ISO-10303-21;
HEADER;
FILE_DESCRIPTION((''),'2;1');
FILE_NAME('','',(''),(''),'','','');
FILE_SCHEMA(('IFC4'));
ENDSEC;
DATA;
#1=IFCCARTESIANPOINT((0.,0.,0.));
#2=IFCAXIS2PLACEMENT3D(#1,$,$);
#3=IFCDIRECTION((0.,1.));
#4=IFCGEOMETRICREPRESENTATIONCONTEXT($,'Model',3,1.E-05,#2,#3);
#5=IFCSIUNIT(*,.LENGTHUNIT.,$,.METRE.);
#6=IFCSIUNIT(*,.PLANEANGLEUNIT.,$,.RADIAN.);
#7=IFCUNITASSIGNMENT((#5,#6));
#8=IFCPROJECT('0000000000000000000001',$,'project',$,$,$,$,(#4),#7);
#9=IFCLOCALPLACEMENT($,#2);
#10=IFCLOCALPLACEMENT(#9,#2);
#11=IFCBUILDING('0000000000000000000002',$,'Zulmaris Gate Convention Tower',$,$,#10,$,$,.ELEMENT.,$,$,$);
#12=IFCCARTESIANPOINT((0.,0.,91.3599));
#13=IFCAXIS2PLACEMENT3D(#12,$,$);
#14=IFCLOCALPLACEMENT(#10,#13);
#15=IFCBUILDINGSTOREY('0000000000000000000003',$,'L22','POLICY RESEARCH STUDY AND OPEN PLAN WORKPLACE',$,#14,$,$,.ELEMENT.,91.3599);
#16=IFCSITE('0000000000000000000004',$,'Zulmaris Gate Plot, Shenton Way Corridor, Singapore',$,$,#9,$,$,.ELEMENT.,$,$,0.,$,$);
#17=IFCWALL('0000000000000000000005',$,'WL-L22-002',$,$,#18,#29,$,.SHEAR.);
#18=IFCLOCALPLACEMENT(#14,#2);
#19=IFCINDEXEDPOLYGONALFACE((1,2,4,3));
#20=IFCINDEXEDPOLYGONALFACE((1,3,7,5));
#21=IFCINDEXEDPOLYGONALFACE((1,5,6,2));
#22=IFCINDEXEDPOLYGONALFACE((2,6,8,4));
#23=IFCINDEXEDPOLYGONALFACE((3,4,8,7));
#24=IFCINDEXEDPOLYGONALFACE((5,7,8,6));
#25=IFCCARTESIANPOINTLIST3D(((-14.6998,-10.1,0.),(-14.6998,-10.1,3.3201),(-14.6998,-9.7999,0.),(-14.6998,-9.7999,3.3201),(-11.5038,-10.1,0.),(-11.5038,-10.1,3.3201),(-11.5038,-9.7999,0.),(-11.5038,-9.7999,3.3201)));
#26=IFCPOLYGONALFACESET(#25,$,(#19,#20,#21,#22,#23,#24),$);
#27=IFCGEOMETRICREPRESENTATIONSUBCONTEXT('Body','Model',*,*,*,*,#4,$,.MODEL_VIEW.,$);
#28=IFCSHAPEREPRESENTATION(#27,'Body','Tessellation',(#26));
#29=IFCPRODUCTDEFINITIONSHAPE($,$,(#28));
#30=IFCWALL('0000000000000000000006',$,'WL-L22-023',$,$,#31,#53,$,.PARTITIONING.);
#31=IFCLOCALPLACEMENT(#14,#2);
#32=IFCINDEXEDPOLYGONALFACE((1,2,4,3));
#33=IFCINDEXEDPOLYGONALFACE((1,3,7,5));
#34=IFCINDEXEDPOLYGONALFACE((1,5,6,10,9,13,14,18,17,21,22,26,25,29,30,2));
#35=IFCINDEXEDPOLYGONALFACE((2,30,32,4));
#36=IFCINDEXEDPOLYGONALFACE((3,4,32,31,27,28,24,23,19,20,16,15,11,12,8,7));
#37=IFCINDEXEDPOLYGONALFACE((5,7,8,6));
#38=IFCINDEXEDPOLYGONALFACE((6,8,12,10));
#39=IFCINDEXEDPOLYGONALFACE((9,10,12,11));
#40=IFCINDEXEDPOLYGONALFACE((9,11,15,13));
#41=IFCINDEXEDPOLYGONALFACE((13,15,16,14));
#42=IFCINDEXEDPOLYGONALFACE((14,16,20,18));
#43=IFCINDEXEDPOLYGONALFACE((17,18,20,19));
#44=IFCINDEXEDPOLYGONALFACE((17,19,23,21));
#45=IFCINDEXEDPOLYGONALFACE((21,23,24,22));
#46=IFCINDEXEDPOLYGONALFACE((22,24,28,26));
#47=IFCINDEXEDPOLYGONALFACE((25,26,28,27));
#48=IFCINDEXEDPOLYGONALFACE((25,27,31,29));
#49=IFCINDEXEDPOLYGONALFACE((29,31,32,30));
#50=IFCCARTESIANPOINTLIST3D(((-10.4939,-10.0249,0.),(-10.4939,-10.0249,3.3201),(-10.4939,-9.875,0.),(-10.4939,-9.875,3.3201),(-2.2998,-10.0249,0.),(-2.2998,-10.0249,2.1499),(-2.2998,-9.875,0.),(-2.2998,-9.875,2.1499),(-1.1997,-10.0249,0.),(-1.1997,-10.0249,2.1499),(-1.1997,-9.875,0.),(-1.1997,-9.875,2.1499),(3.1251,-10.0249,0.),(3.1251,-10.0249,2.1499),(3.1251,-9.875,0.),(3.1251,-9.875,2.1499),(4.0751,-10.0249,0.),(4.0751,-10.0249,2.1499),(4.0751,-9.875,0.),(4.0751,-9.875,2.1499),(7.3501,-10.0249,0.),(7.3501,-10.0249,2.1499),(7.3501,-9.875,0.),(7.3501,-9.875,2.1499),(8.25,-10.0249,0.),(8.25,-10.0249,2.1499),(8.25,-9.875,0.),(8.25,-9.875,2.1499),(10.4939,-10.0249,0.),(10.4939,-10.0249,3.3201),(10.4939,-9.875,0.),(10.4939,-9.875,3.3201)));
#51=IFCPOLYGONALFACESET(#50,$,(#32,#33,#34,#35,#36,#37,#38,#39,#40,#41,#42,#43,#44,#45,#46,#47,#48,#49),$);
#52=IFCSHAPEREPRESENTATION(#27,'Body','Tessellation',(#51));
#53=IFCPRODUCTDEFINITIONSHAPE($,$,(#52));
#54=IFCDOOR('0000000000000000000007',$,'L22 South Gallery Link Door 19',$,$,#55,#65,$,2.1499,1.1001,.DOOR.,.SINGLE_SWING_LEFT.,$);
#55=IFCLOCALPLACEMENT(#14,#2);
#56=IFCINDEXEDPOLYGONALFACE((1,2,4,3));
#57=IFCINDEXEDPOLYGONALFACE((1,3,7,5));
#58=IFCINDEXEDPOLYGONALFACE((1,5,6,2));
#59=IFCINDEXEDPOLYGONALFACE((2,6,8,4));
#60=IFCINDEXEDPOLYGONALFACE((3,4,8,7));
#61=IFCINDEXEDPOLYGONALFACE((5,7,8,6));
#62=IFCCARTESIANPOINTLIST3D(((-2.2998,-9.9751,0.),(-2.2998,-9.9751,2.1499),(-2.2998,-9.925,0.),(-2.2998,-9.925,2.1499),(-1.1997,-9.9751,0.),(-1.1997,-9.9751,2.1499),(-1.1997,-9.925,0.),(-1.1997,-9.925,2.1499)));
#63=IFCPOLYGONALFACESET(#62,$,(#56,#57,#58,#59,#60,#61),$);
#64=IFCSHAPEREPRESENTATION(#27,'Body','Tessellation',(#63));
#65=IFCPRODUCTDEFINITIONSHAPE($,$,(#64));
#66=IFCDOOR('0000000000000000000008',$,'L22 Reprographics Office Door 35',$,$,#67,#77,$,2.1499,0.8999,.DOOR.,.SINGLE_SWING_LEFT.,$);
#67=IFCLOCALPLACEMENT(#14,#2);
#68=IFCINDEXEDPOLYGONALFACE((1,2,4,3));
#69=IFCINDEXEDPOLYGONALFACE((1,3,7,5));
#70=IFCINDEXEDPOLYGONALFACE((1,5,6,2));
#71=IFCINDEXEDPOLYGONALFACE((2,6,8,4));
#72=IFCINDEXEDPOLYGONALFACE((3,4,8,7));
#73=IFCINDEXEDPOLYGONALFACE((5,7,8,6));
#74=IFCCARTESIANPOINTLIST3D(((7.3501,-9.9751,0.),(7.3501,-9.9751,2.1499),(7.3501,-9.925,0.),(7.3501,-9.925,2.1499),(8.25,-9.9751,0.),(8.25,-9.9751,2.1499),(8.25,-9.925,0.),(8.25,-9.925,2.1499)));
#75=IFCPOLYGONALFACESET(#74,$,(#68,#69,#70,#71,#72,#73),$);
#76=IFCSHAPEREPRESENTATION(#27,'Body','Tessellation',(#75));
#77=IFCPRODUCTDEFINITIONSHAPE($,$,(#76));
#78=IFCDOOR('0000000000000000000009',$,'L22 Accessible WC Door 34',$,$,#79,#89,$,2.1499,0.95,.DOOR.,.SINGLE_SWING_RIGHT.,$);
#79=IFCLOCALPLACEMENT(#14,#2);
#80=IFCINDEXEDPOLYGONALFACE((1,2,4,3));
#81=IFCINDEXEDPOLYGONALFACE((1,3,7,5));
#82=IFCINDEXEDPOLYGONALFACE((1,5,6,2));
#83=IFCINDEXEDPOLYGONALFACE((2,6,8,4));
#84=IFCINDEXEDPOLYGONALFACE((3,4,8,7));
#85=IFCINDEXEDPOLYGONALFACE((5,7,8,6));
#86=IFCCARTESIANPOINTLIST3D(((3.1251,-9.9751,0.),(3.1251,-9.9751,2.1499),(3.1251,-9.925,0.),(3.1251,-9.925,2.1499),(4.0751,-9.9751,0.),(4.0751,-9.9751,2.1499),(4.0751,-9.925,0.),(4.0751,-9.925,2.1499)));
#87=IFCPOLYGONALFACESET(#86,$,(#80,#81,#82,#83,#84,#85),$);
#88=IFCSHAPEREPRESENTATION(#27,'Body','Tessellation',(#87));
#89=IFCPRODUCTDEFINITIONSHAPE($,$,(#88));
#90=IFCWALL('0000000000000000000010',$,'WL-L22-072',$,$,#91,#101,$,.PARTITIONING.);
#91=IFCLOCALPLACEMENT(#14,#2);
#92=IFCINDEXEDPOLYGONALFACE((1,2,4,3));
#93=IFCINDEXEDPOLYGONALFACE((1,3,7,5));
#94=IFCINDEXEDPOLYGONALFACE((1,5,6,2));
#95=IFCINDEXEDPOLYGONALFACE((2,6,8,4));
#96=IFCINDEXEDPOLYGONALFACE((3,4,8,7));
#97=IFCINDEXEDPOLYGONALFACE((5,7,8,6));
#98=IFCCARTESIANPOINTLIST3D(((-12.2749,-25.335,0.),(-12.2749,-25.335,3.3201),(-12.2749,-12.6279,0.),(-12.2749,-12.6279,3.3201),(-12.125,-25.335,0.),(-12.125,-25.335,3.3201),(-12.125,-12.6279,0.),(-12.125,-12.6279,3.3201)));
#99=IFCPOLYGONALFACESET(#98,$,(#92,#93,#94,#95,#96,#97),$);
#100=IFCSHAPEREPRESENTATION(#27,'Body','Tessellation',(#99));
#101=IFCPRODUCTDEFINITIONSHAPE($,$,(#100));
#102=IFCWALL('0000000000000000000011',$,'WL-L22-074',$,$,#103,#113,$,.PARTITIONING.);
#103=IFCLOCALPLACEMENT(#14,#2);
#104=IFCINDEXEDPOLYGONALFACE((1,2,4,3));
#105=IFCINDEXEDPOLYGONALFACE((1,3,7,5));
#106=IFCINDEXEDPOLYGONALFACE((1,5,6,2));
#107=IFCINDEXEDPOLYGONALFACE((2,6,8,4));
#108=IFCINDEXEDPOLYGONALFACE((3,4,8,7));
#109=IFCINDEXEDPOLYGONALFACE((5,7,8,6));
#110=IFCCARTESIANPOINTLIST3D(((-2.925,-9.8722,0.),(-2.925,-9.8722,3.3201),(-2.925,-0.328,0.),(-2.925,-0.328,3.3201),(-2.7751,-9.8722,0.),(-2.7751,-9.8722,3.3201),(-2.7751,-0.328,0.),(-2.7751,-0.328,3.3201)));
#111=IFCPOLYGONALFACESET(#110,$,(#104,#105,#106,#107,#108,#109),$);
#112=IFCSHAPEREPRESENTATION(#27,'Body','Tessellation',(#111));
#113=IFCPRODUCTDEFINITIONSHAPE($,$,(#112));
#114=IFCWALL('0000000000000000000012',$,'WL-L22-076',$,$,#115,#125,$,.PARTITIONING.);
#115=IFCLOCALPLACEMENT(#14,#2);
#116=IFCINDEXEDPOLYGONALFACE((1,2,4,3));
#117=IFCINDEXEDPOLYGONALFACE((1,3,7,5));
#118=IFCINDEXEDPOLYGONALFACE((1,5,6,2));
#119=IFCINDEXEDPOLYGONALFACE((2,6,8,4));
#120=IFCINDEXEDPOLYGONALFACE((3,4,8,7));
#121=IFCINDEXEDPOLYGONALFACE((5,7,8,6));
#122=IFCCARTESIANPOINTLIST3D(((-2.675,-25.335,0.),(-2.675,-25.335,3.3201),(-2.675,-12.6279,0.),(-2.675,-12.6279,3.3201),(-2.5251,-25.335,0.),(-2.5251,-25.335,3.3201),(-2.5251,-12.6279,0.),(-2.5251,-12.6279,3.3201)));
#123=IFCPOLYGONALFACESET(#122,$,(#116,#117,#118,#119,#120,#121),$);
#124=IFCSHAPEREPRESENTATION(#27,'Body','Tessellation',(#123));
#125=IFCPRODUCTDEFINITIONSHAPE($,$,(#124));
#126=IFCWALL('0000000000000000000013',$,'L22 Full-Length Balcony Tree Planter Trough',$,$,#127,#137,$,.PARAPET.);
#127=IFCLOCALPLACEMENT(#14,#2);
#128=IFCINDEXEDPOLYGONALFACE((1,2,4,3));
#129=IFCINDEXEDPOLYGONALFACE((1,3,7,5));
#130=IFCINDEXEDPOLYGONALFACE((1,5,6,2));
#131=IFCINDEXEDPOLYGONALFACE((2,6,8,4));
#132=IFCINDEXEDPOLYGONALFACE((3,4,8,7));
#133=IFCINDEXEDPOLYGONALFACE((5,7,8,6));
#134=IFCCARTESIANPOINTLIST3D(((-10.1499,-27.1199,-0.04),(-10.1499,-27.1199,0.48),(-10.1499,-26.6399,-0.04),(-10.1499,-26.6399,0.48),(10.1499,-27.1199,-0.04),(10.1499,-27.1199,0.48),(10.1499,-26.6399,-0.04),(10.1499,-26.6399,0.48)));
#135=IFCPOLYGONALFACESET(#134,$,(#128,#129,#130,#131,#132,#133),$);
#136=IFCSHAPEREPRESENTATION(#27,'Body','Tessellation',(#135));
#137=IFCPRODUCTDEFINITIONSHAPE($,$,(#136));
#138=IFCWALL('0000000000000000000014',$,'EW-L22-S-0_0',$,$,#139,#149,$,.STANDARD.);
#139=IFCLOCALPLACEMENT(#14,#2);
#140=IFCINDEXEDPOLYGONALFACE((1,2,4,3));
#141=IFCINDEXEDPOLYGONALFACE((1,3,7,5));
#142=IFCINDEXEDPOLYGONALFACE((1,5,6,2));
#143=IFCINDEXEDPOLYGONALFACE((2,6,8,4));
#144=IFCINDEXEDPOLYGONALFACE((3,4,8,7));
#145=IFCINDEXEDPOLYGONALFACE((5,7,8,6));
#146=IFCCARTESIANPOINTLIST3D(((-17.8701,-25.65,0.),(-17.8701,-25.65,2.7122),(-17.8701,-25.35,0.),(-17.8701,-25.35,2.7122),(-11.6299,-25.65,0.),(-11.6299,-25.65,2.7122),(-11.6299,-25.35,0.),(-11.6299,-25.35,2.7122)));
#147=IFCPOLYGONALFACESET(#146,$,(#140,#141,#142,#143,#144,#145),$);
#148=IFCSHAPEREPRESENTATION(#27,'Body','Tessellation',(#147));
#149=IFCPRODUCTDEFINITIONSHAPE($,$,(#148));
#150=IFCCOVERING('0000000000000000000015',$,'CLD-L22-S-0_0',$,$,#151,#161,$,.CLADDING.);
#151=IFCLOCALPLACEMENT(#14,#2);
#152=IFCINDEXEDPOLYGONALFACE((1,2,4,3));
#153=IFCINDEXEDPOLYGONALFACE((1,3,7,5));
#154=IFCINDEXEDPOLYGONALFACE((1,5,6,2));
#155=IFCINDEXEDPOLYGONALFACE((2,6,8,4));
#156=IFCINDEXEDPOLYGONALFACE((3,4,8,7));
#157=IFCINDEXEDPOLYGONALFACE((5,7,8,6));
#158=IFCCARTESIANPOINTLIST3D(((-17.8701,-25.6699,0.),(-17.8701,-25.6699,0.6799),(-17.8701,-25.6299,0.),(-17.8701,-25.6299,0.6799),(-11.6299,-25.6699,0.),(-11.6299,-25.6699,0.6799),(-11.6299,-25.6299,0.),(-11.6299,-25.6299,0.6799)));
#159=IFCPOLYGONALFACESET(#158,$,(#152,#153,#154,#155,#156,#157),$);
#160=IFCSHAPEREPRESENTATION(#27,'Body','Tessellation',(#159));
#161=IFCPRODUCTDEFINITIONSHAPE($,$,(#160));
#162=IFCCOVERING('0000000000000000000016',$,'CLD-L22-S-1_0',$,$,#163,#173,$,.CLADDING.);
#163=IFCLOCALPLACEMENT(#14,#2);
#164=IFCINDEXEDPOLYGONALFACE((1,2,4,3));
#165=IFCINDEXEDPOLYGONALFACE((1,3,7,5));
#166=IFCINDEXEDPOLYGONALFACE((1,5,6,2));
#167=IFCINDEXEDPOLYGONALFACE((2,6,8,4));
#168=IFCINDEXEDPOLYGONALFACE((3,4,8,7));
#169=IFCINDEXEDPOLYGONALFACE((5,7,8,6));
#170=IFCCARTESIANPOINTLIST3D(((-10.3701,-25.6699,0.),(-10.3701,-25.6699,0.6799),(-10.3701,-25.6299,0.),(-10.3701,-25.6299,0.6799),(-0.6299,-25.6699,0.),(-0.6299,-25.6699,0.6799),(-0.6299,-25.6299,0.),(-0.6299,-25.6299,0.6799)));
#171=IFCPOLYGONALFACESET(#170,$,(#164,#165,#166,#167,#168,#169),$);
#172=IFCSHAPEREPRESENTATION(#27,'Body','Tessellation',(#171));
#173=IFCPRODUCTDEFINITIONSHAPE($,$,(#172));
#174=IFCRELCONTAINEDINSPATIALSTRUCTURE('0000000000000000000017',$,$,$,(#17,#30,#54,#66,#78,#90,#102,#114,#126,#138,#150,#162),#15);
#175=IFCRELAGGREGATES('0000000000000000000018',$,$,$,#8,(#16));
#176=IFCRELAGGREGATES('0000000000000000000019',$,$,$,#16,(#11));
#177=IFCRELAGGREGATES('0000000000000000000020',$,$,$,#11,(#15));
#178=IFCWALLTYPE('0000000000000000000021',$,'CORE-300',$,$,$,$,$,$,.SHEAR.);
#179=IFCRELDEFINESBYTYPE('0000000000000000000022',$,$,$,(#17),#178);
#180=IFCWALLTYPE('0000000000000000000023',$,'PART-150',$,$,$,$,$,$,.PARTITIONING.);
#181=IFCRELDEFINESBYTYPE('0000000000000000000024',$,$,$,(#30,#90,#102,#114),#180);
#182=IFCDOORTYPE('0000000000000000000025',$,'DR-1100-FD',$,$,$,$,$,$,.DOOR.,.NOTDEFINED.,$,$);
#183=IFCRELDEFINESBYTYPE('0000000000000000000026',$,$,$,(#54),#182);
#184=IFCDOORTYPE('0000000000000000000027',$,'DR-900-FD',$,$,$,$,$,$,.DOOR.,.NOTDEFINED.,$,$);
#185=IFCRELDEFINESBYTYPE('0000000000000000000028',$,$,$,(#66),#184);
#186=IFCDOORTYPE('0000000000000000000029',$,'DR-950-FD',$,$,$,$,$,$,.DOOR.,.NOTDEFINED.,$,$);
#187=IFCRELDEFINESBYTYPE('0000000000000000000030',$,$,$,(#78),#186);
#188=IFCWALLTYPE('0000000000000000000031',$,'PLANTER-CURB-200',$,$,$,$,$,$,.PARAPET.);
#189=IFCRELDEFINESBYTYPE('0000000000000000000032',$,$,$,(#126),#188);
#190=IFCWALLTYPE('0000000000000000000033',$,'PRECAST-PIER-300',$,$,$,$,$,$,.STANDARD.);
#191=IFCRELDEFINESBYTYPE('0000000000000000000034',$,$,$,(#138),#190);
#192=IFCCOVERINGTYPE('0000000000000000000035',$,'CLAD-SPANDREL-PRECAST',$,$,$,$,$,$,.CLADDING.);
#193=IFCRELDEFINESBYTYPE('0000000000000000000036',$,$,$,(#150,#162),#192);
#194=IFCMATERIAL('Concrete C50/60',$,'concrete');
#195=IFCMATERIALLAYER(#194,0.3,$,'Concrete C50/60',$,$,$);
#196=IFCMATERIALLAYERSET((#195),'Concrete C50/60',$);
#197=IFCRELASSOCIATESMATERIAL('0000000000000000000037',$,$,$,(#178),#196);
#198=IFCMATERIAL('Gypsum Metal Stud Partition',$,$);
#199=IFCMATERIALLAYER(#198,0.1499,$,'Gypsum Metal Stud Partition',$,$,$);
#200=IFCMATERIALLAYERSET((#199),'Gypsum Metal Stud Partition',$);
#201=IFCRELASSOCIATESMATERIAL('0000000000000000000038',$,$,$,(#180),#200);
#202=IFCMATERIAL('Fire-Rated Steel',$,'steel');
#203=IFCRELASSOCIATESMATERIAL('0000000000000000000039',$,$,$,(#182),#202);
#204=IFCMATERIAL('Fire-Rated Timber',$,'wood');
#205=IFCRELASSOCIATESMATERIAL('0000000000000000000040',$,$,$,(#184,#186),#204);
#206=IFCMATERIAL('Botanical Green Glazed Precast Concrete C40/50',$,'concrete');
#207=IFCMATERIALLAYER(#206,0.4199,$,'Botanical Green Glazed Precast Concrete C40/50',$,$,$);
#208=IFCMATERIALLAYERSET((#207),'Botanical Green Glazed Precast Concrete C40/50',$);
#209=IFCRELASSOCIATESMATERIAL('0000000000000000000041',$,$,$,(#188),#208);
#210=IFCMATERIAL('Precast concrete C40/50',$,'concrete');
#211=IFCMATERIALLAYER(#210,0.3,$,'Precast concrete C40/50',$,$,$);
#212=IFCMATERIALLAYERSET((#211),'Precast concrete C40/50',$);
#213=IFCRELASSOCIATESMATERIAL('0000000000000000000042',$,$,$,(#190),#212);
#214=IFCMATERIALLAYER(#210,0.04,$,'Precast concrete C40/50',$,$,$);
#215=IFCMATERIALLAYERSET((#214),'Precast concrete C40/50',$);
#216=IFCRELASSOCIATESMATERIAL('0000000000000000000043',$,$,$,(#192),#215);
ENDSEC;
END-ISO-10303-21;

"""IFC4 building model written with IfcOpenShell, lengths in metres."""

from ifc_helpers import new_model, si_unit, direction, frame, frame_2d, origin, place, context, subcontext, project, spatial, rectangle, extrude, material, layer, layer_set, type_object, element, fill, save


model = new_model("IFC4")

# Units and contexts
model_context = context("Model", 3, precision=1e-05, world=origin(), true_north=direction((0.0, 1.0)))
body_context = subcontext(model_context, "Body", "Model", "MODEL_VIEW")
ifc_project = project(units=[si_unit("LENGTHUNIT", "METRE"), si_unit("PLANEANGLEUNIT", "RADIAN")], contexts=[model_context])

# Site, building, storey
site_placement = place(None, origin())
site = spatial("IfcSite", under=ifc_project, at=site_placement, Name="Zulmaris Gate Plot, Shenton Way Corridor, Singapore", CompositionType="ELEMENT", RefElevation=0.0)
building_placement = place(site_placement, origin())
building = spatial("IfcBuilding", under=site, at=building_placement, Name="Zulmaris Gate Convention Tower", CompositionType="ELEMENT")
storey_placement = place(building_placement, frame((0.0, 0.0, 91.3599)))
storey = spatial("IfcBuildingStorey", under=building, at=storey_placement, Name="L22", Description="POLICY RESEARCH STUDY AND OPEN PLAN WORKPLACE", CompositionType="ELEMENT", Elevation=91.3599)

# Wall
ifc_material_1 = material(Name="Concrete C50/60", Category="concrete")
ifc_layer_1 = layer(ifc_material_1, 0.3, Name="Concrete C50/60")
ifc_layer_set_1 = layer_set([ifc_layer_1], Name="Concrete C50/60")
wall_type_1 = type_object("IfcWallType", Name="CORE-300", PredefinedType="SHEAR", material=ifc_layer_set_1)
wall_1_placement = place(storey_placement, frame((-14.7, -9.95, 0.0), z_axis=(0.0, 0.0, 1.0), x_axis=(1.0, 0.0, 0.0)))
element("IfcWall", 1, at=wall_1_placement, inside=storey, type_object=wall_type_1, Name="WL-L22-002", PredefinedType="SHEAR", context=body_context, shape_type="SweptSolid", body=[
    extrude(rectangle(XDim=3.196, YDim=0.3, at=frame_2d((1.5981, 0.0))), origin(), (0.0, 0.0, 1.0), 3.3201),
])

# Wall, openings, doors
ifc_material_2 = material(Name="Gypsum Metal Stud Partition")
ifc_layer_2 = layer(ifc_material_2, 0.1499, Name="Gypsum Metal Stud Partition")
ifc_layer_set_2 = layer_set([ifc_layer_2], Name="Gypsum Metal Stud Partition")
wall_type_2 = type_object("IfcWallType", Name="PART-150", PredefinedType="PARTITIONING", material=ifc_layer_set_2)
wall_2_placement = place(storey_placement, frame((-10.4939, -9.95, 0.0), z_axis=(0.0, 0.0, 1.0), x_axis=(1.0, 0.0, 0.0)))
wall_2 = element("IfcWall", 2, at=wall_2_placement, inside=storey, type_object=wall_type_2, Name="WL-L22-023", PredefinedType="PARTITIONING", context=body_context, shape_type="SweptSolid", body=[
    extrude(rectangle(XDim=20.9878, YDim=0.1499, at=frame_2d((10.4939, 0.0))), origin(), (0.0, 0.0, 1.0), 3.3201),
])
opening_1_placement = place(wall_2_placement, frame((8.1941, 0.0, 0.0)))
opening_1 = element("IfcOpeningElement", 3, at=opening_1_placement, cuts=wall_2, PredefinedType="OPENING", context=body_context, shape_type="SweptSolid", body=[
    extrude(rectangle(XDim=1.1001, YDim=2.1499, at=frame_2d((0.55, 1.075))), frame((0.0, 0.085, 0.0), z_axis=(0.0, -1.0, 0.0), x_axis=(1.0, 0.0, 0.0)), (0.0, 0.0, 1.0), 0.1699),
])
opening_2_placement = place(wall_2_placement, frame((13.6189, 0.0, 0.0)))
opening_2 = element("IfcOpeningElement", 4, at=opening_2_placement, cuts=wall_2, PredefinedType="OPENING", context=body_context, shape_type="SweptSolid", body=[
    extrude(rectangle(XDim=0.95, YDim=2.1499, at=frame_2d((0.4751, 1.075))), frame((0.0, 0.085, 0.0), z_axis=(0.0, -1.0, 0.0), x_axis=(1.0, 0.0, 0.0)), (0.0, 0.0, 1.0), 0.1699),
])
opening_3_placement = place(wall_2_placement, frame((17.844, 0.0, 0.0)))
opening_3 = element("IfcOpeningElement", 5, at=opening_3_placement, cuts=wall_2, PredefinedType="OPENING", context=body_context, shape_type="SweptSolid", body=[
    extrude(rectangle(XDim=0.8999, YDim=2.1499, at=frame_2d((0.45, 1.075))), frame((0.0, 0.085, 0.0), z_axis=(0.0, -1.0, 0.0), x_axis=(1.0, 0.0, 0.0)), (0.0, 0.0, 1.0), 0.1699),
])
ifc_material_3 = material(Name="Fire-Rated Steel", Category="steel")
door_type_1 = type_object("IfcDoorType", Name="DR-1100-FD", OperationType="NOTDEFINED", PredefinedType="DOOR", material=ifc_material_3)
door_1_placement = place(opening_1_placement, origin())
door_1 = element("IfcDoor", 6, at=door_1_placement, inside=storey, type_object=door_type_1, Name="L22 South Gallery Link Door 19", OperationType="SINGLE_SWING_LEFT", OverallHeight=2.1499, OverallWidth=1.1001, PredefinedType="DOOR", context=body_context, shape_type="SweptSolid", body=[
    extrude(rectangle(XDim=1.1001, YDim=2.1499, at=frame_2d((0.55, 1.075))), frame((0.0, 0.0249, 0.0), z_axis=(0.0, -1.0, 0.0), x_axis=(1.0, 0.0, 0.0)), (0.0, 0.0, 1.0), 0.05),
])
fill(opening_1, door_1)
ifc_material_4 = material(Name="Fire-Rated Timber", Category="wood")
door_type_2 = type_object("IfcDoorType", Name="DR-900-FD", OperationType="NOTDEFINED", PredefinedType="DOOR", material=ifc_material_4)
door_2_placement = place(opening_3_placement, origin())
door_2 = element("IfcDoor", 7, at=door_2_placement, inside=storey, type_object=door_type_2, Name="L22 Reprographics Office Door 35", OperationType="SINGLE_SWING_LEFT", OverallHeight=2.1499, OverallWidth=0.8999, PredefinedType="DOOR", context=body_context, shape_type="SweptSolid", body=[
    extrude(rectangle(XDim=0.8999, YDim=2.1499, at=frame_2d((0.45, 1.075))), frame((0.0, 0.0249, 0.0), z_axis=(0.0, -1.0, 0.0), x_axis=(1.0, 0.0, 0.0)), (0.0, 0.0, 1.0), 0.05),
])
fill(opening_3, door_2)
door_type_3 = type_object("IfcDoorType", Name="DR-950-FD", OperationType="NOTDEFINED", PredefinedType="DOOR", material=ifc_material_4)
door_3_placement = place(opening_2_placement, origin())
door_3 = element("IfcDoor", 8, at=door_3_placement, inside=storey, type_object=door_type_3, Name="L22 Accessible WC Door 34", OperationType="SINGLE_SWING_RIGHT", OverallHeight=2.1499, OverallWidth=0.95, PredefinedType="DOOR", context=body_context, shape_type="SweptSolid", body=[
    extrude(rectangle(XDim=0.95, YDim=2.1499, at=frame_2d((0.4751, 1.075))), frame((0.0, 0.0249, 0.0), z_axis=(0.0, -1.0, 0.0), x_axis=(1.0, 0.0, 0.0)), (0.0, 0.0, 1.0), 0.05),
])
fill(opening_2, door_3)

# Walls
wall_3_placement = place(storey_placement, frame((-12.2, -25.335, 0.0), z_axis=(0.0, 0.0, 1.0), x_axis=(0.0, 1.0, 0.0)))
element("IfcWall", 9, at=wall_3_placement, inside=storey, type_object=wall_type_2, Name="WL-L22-072", PredefinedType="PARTITIONING", context=body_context, shape_type="SweptSolid", body=[
    extrude(rectangle(XDim=12.707, YDim=0.1499, at=frame_2d((6.3535, 0.0))), origin(), (0.0, 0.0, 1.0), 3.3201),
])
wall_4_placement = place(storey_placement, frame((-2.8501, -9.8721, 0.0), z_axis=(0.0, 0.0, 1.0), x_axis=(0.0, 1.0, 0.0)))
element("IfcWall", 10, at=wall_4_placement, inside=storey, type_object=wall_type_2, Name="WL-L22-074", PredefinedType="PARTITIONING", context=body_context, shape_type="SweptSolid", body=[
    extrude(rectangle(XDim=9.5442, YDim=0.1499, at=frame_2d((4.772, 0.0))), origin(), (0.0, 0.0, 1.0), 3.3201),
])
wall_5_placement = place(storey_placement, frame((-2.6001, -25.335, 0.0), z_axis=(0.0, 0.0, 1.0), x_axis=(0.0, 1.0, 0.0)))
element("IfcWall", 11, at=wall_5_placement, inside=storey, type_object=wall_type_2, Name="WL-L22-076", PredefinedType="PARTITIONING", context=body_context, shape_type="SweptSolid", body=[
    extrude(rectangle(XDim=12.707, YDim=0.1499, at=frame_2d((6.3535, 0.0))), origin(), (0.0, 0.0, 1.0), 3.3201),
])

# Walls
ifc_material_5 = material(Name="Botanical Green Glazed Precast Concrete C40/50", Category="concrete")
ifc_layer_3 = layer(ifc_material_5, 0.4199, Name="Botanical Green Glazed Precast Concrete C40/50")
ifc_layer_set_3 = layer_set([ifc_layer_3], Name="Botanical Green Glazed Precast Concrete C40/50")
wall_type_3 = type_object("IfcWallType", Name="PLANTER-CURB-200", PredefinedType="PARAPET", material=ifc_layer_set_3)
wall_6_placement = place(storey_placement, frame((-10.1499, -26.8799, -0.04), z_axis=(0.0, 0.0, 1.0), x_axis=(1.0, 0.0, 0.0)))
element("IfcWall", 12, at=wall_6_placement, inside=storey, type_object=wall_type_3, Name="L22 Full-Length Balcony Tree Planter Trough", PredefinedType="PARAPET", context=body_context, shape_type="SweptSolid", body=[
    extrude(rectangle(XDim=20.2998, YDim=0.48, at=frame_2d((10.1499, 0.0))), origin(), (0.0, 0.0, 1.0), 0.52),
])
ifc_material_6 = material(Name="Precast concrete C40/50", Category="concrete")
ifc_layer_4 = layer(ifc_material_6, 0.3, Name="Precast concrete C40/50")
ifc_layer_set_4 = layer_set([ifc_layer_4], Name="Precast concrete C40/50")
wall_type_4 = type_object("IfcWallType", Name="PRECAST-PIER-300", PredefinedType="STANDARD", material=ifc_layer_set_4)
wall_7_placement = place(storey_placement, frame((-17.8701, -25.5, 0.0), z_axis=(0.0, 0.0, 1.0), x_axis=(1.0, 0.0, 0.0)))
element("IfcWall", 13, at=wall_7_placement, inside=storey, type_object=wall_type_4, Name="EW-L22-S-0_0", PredefinedType="STANDARD", context=body_context, shape_type="SweptSolid", body=[
    extrude(rectangle(XDim=6.2402, YDim=0.3, at=frame_2d((3.1201, 0.0))), origin(), (0.0, 0.0, 1.0), 2.7122),
])

# Coverings
ifc_layer_5 = layer(ifc_material_6, 0.04, Name="Precast concrete C40/50")
ifc_layer_set_5 = layer_set([ifc_layer_5], Name="Precast concrete C40/50")
covering_type = type_object("IfcCoveringType", Name="CLAD-SPANDREL-PRECAST", PredefinedType="CLADDING", material=ifc_layer_set_5)
covering_1_placement = place(storey_placement, frame((-17.8701, -25.6499, 0.0), z_axis=(0.0, 0.0, 1.0), x_axis=(1.0, 0.0, 0.0)))
element("IfcCovering", 14, at=covering_1_placement, inside=storey, type_object=covering_type, Name="CLD-L22-S-0_0", PredefinedType="CLADDING", context=body_context, shape_type="SweptSolid", body=[
    extrude(rectangle(XDim=6.2402, YDim=0.04, at=frame_2d((3.1201, 0.0))), origin(), (0.0, 0.0, 1.0), 0.6799),
])
covering_2_placement = place(storey_placement, frame((-10.3701, -25.6499, 0.0), z_axis=(0.0, 0.0, 1.0), x_axis=(1.0, 0.0, 0.0)))
element("IfcCovering", 15, at=covering_2_placement, inside=storey, type_object=covering_type, Name="CLD-L22-S-1_0", PredefinedType="CLADDING", context=body_context, shape_type="SweptSolid", body=[
    extrude(rectangle(XDim=9.7402, YDim=0.04, at=frame_2d((4.8701, 0.0))), origin(), (0.0, 0.0, 1.0), 0.6799),
])

save(model, "model.ifc")
